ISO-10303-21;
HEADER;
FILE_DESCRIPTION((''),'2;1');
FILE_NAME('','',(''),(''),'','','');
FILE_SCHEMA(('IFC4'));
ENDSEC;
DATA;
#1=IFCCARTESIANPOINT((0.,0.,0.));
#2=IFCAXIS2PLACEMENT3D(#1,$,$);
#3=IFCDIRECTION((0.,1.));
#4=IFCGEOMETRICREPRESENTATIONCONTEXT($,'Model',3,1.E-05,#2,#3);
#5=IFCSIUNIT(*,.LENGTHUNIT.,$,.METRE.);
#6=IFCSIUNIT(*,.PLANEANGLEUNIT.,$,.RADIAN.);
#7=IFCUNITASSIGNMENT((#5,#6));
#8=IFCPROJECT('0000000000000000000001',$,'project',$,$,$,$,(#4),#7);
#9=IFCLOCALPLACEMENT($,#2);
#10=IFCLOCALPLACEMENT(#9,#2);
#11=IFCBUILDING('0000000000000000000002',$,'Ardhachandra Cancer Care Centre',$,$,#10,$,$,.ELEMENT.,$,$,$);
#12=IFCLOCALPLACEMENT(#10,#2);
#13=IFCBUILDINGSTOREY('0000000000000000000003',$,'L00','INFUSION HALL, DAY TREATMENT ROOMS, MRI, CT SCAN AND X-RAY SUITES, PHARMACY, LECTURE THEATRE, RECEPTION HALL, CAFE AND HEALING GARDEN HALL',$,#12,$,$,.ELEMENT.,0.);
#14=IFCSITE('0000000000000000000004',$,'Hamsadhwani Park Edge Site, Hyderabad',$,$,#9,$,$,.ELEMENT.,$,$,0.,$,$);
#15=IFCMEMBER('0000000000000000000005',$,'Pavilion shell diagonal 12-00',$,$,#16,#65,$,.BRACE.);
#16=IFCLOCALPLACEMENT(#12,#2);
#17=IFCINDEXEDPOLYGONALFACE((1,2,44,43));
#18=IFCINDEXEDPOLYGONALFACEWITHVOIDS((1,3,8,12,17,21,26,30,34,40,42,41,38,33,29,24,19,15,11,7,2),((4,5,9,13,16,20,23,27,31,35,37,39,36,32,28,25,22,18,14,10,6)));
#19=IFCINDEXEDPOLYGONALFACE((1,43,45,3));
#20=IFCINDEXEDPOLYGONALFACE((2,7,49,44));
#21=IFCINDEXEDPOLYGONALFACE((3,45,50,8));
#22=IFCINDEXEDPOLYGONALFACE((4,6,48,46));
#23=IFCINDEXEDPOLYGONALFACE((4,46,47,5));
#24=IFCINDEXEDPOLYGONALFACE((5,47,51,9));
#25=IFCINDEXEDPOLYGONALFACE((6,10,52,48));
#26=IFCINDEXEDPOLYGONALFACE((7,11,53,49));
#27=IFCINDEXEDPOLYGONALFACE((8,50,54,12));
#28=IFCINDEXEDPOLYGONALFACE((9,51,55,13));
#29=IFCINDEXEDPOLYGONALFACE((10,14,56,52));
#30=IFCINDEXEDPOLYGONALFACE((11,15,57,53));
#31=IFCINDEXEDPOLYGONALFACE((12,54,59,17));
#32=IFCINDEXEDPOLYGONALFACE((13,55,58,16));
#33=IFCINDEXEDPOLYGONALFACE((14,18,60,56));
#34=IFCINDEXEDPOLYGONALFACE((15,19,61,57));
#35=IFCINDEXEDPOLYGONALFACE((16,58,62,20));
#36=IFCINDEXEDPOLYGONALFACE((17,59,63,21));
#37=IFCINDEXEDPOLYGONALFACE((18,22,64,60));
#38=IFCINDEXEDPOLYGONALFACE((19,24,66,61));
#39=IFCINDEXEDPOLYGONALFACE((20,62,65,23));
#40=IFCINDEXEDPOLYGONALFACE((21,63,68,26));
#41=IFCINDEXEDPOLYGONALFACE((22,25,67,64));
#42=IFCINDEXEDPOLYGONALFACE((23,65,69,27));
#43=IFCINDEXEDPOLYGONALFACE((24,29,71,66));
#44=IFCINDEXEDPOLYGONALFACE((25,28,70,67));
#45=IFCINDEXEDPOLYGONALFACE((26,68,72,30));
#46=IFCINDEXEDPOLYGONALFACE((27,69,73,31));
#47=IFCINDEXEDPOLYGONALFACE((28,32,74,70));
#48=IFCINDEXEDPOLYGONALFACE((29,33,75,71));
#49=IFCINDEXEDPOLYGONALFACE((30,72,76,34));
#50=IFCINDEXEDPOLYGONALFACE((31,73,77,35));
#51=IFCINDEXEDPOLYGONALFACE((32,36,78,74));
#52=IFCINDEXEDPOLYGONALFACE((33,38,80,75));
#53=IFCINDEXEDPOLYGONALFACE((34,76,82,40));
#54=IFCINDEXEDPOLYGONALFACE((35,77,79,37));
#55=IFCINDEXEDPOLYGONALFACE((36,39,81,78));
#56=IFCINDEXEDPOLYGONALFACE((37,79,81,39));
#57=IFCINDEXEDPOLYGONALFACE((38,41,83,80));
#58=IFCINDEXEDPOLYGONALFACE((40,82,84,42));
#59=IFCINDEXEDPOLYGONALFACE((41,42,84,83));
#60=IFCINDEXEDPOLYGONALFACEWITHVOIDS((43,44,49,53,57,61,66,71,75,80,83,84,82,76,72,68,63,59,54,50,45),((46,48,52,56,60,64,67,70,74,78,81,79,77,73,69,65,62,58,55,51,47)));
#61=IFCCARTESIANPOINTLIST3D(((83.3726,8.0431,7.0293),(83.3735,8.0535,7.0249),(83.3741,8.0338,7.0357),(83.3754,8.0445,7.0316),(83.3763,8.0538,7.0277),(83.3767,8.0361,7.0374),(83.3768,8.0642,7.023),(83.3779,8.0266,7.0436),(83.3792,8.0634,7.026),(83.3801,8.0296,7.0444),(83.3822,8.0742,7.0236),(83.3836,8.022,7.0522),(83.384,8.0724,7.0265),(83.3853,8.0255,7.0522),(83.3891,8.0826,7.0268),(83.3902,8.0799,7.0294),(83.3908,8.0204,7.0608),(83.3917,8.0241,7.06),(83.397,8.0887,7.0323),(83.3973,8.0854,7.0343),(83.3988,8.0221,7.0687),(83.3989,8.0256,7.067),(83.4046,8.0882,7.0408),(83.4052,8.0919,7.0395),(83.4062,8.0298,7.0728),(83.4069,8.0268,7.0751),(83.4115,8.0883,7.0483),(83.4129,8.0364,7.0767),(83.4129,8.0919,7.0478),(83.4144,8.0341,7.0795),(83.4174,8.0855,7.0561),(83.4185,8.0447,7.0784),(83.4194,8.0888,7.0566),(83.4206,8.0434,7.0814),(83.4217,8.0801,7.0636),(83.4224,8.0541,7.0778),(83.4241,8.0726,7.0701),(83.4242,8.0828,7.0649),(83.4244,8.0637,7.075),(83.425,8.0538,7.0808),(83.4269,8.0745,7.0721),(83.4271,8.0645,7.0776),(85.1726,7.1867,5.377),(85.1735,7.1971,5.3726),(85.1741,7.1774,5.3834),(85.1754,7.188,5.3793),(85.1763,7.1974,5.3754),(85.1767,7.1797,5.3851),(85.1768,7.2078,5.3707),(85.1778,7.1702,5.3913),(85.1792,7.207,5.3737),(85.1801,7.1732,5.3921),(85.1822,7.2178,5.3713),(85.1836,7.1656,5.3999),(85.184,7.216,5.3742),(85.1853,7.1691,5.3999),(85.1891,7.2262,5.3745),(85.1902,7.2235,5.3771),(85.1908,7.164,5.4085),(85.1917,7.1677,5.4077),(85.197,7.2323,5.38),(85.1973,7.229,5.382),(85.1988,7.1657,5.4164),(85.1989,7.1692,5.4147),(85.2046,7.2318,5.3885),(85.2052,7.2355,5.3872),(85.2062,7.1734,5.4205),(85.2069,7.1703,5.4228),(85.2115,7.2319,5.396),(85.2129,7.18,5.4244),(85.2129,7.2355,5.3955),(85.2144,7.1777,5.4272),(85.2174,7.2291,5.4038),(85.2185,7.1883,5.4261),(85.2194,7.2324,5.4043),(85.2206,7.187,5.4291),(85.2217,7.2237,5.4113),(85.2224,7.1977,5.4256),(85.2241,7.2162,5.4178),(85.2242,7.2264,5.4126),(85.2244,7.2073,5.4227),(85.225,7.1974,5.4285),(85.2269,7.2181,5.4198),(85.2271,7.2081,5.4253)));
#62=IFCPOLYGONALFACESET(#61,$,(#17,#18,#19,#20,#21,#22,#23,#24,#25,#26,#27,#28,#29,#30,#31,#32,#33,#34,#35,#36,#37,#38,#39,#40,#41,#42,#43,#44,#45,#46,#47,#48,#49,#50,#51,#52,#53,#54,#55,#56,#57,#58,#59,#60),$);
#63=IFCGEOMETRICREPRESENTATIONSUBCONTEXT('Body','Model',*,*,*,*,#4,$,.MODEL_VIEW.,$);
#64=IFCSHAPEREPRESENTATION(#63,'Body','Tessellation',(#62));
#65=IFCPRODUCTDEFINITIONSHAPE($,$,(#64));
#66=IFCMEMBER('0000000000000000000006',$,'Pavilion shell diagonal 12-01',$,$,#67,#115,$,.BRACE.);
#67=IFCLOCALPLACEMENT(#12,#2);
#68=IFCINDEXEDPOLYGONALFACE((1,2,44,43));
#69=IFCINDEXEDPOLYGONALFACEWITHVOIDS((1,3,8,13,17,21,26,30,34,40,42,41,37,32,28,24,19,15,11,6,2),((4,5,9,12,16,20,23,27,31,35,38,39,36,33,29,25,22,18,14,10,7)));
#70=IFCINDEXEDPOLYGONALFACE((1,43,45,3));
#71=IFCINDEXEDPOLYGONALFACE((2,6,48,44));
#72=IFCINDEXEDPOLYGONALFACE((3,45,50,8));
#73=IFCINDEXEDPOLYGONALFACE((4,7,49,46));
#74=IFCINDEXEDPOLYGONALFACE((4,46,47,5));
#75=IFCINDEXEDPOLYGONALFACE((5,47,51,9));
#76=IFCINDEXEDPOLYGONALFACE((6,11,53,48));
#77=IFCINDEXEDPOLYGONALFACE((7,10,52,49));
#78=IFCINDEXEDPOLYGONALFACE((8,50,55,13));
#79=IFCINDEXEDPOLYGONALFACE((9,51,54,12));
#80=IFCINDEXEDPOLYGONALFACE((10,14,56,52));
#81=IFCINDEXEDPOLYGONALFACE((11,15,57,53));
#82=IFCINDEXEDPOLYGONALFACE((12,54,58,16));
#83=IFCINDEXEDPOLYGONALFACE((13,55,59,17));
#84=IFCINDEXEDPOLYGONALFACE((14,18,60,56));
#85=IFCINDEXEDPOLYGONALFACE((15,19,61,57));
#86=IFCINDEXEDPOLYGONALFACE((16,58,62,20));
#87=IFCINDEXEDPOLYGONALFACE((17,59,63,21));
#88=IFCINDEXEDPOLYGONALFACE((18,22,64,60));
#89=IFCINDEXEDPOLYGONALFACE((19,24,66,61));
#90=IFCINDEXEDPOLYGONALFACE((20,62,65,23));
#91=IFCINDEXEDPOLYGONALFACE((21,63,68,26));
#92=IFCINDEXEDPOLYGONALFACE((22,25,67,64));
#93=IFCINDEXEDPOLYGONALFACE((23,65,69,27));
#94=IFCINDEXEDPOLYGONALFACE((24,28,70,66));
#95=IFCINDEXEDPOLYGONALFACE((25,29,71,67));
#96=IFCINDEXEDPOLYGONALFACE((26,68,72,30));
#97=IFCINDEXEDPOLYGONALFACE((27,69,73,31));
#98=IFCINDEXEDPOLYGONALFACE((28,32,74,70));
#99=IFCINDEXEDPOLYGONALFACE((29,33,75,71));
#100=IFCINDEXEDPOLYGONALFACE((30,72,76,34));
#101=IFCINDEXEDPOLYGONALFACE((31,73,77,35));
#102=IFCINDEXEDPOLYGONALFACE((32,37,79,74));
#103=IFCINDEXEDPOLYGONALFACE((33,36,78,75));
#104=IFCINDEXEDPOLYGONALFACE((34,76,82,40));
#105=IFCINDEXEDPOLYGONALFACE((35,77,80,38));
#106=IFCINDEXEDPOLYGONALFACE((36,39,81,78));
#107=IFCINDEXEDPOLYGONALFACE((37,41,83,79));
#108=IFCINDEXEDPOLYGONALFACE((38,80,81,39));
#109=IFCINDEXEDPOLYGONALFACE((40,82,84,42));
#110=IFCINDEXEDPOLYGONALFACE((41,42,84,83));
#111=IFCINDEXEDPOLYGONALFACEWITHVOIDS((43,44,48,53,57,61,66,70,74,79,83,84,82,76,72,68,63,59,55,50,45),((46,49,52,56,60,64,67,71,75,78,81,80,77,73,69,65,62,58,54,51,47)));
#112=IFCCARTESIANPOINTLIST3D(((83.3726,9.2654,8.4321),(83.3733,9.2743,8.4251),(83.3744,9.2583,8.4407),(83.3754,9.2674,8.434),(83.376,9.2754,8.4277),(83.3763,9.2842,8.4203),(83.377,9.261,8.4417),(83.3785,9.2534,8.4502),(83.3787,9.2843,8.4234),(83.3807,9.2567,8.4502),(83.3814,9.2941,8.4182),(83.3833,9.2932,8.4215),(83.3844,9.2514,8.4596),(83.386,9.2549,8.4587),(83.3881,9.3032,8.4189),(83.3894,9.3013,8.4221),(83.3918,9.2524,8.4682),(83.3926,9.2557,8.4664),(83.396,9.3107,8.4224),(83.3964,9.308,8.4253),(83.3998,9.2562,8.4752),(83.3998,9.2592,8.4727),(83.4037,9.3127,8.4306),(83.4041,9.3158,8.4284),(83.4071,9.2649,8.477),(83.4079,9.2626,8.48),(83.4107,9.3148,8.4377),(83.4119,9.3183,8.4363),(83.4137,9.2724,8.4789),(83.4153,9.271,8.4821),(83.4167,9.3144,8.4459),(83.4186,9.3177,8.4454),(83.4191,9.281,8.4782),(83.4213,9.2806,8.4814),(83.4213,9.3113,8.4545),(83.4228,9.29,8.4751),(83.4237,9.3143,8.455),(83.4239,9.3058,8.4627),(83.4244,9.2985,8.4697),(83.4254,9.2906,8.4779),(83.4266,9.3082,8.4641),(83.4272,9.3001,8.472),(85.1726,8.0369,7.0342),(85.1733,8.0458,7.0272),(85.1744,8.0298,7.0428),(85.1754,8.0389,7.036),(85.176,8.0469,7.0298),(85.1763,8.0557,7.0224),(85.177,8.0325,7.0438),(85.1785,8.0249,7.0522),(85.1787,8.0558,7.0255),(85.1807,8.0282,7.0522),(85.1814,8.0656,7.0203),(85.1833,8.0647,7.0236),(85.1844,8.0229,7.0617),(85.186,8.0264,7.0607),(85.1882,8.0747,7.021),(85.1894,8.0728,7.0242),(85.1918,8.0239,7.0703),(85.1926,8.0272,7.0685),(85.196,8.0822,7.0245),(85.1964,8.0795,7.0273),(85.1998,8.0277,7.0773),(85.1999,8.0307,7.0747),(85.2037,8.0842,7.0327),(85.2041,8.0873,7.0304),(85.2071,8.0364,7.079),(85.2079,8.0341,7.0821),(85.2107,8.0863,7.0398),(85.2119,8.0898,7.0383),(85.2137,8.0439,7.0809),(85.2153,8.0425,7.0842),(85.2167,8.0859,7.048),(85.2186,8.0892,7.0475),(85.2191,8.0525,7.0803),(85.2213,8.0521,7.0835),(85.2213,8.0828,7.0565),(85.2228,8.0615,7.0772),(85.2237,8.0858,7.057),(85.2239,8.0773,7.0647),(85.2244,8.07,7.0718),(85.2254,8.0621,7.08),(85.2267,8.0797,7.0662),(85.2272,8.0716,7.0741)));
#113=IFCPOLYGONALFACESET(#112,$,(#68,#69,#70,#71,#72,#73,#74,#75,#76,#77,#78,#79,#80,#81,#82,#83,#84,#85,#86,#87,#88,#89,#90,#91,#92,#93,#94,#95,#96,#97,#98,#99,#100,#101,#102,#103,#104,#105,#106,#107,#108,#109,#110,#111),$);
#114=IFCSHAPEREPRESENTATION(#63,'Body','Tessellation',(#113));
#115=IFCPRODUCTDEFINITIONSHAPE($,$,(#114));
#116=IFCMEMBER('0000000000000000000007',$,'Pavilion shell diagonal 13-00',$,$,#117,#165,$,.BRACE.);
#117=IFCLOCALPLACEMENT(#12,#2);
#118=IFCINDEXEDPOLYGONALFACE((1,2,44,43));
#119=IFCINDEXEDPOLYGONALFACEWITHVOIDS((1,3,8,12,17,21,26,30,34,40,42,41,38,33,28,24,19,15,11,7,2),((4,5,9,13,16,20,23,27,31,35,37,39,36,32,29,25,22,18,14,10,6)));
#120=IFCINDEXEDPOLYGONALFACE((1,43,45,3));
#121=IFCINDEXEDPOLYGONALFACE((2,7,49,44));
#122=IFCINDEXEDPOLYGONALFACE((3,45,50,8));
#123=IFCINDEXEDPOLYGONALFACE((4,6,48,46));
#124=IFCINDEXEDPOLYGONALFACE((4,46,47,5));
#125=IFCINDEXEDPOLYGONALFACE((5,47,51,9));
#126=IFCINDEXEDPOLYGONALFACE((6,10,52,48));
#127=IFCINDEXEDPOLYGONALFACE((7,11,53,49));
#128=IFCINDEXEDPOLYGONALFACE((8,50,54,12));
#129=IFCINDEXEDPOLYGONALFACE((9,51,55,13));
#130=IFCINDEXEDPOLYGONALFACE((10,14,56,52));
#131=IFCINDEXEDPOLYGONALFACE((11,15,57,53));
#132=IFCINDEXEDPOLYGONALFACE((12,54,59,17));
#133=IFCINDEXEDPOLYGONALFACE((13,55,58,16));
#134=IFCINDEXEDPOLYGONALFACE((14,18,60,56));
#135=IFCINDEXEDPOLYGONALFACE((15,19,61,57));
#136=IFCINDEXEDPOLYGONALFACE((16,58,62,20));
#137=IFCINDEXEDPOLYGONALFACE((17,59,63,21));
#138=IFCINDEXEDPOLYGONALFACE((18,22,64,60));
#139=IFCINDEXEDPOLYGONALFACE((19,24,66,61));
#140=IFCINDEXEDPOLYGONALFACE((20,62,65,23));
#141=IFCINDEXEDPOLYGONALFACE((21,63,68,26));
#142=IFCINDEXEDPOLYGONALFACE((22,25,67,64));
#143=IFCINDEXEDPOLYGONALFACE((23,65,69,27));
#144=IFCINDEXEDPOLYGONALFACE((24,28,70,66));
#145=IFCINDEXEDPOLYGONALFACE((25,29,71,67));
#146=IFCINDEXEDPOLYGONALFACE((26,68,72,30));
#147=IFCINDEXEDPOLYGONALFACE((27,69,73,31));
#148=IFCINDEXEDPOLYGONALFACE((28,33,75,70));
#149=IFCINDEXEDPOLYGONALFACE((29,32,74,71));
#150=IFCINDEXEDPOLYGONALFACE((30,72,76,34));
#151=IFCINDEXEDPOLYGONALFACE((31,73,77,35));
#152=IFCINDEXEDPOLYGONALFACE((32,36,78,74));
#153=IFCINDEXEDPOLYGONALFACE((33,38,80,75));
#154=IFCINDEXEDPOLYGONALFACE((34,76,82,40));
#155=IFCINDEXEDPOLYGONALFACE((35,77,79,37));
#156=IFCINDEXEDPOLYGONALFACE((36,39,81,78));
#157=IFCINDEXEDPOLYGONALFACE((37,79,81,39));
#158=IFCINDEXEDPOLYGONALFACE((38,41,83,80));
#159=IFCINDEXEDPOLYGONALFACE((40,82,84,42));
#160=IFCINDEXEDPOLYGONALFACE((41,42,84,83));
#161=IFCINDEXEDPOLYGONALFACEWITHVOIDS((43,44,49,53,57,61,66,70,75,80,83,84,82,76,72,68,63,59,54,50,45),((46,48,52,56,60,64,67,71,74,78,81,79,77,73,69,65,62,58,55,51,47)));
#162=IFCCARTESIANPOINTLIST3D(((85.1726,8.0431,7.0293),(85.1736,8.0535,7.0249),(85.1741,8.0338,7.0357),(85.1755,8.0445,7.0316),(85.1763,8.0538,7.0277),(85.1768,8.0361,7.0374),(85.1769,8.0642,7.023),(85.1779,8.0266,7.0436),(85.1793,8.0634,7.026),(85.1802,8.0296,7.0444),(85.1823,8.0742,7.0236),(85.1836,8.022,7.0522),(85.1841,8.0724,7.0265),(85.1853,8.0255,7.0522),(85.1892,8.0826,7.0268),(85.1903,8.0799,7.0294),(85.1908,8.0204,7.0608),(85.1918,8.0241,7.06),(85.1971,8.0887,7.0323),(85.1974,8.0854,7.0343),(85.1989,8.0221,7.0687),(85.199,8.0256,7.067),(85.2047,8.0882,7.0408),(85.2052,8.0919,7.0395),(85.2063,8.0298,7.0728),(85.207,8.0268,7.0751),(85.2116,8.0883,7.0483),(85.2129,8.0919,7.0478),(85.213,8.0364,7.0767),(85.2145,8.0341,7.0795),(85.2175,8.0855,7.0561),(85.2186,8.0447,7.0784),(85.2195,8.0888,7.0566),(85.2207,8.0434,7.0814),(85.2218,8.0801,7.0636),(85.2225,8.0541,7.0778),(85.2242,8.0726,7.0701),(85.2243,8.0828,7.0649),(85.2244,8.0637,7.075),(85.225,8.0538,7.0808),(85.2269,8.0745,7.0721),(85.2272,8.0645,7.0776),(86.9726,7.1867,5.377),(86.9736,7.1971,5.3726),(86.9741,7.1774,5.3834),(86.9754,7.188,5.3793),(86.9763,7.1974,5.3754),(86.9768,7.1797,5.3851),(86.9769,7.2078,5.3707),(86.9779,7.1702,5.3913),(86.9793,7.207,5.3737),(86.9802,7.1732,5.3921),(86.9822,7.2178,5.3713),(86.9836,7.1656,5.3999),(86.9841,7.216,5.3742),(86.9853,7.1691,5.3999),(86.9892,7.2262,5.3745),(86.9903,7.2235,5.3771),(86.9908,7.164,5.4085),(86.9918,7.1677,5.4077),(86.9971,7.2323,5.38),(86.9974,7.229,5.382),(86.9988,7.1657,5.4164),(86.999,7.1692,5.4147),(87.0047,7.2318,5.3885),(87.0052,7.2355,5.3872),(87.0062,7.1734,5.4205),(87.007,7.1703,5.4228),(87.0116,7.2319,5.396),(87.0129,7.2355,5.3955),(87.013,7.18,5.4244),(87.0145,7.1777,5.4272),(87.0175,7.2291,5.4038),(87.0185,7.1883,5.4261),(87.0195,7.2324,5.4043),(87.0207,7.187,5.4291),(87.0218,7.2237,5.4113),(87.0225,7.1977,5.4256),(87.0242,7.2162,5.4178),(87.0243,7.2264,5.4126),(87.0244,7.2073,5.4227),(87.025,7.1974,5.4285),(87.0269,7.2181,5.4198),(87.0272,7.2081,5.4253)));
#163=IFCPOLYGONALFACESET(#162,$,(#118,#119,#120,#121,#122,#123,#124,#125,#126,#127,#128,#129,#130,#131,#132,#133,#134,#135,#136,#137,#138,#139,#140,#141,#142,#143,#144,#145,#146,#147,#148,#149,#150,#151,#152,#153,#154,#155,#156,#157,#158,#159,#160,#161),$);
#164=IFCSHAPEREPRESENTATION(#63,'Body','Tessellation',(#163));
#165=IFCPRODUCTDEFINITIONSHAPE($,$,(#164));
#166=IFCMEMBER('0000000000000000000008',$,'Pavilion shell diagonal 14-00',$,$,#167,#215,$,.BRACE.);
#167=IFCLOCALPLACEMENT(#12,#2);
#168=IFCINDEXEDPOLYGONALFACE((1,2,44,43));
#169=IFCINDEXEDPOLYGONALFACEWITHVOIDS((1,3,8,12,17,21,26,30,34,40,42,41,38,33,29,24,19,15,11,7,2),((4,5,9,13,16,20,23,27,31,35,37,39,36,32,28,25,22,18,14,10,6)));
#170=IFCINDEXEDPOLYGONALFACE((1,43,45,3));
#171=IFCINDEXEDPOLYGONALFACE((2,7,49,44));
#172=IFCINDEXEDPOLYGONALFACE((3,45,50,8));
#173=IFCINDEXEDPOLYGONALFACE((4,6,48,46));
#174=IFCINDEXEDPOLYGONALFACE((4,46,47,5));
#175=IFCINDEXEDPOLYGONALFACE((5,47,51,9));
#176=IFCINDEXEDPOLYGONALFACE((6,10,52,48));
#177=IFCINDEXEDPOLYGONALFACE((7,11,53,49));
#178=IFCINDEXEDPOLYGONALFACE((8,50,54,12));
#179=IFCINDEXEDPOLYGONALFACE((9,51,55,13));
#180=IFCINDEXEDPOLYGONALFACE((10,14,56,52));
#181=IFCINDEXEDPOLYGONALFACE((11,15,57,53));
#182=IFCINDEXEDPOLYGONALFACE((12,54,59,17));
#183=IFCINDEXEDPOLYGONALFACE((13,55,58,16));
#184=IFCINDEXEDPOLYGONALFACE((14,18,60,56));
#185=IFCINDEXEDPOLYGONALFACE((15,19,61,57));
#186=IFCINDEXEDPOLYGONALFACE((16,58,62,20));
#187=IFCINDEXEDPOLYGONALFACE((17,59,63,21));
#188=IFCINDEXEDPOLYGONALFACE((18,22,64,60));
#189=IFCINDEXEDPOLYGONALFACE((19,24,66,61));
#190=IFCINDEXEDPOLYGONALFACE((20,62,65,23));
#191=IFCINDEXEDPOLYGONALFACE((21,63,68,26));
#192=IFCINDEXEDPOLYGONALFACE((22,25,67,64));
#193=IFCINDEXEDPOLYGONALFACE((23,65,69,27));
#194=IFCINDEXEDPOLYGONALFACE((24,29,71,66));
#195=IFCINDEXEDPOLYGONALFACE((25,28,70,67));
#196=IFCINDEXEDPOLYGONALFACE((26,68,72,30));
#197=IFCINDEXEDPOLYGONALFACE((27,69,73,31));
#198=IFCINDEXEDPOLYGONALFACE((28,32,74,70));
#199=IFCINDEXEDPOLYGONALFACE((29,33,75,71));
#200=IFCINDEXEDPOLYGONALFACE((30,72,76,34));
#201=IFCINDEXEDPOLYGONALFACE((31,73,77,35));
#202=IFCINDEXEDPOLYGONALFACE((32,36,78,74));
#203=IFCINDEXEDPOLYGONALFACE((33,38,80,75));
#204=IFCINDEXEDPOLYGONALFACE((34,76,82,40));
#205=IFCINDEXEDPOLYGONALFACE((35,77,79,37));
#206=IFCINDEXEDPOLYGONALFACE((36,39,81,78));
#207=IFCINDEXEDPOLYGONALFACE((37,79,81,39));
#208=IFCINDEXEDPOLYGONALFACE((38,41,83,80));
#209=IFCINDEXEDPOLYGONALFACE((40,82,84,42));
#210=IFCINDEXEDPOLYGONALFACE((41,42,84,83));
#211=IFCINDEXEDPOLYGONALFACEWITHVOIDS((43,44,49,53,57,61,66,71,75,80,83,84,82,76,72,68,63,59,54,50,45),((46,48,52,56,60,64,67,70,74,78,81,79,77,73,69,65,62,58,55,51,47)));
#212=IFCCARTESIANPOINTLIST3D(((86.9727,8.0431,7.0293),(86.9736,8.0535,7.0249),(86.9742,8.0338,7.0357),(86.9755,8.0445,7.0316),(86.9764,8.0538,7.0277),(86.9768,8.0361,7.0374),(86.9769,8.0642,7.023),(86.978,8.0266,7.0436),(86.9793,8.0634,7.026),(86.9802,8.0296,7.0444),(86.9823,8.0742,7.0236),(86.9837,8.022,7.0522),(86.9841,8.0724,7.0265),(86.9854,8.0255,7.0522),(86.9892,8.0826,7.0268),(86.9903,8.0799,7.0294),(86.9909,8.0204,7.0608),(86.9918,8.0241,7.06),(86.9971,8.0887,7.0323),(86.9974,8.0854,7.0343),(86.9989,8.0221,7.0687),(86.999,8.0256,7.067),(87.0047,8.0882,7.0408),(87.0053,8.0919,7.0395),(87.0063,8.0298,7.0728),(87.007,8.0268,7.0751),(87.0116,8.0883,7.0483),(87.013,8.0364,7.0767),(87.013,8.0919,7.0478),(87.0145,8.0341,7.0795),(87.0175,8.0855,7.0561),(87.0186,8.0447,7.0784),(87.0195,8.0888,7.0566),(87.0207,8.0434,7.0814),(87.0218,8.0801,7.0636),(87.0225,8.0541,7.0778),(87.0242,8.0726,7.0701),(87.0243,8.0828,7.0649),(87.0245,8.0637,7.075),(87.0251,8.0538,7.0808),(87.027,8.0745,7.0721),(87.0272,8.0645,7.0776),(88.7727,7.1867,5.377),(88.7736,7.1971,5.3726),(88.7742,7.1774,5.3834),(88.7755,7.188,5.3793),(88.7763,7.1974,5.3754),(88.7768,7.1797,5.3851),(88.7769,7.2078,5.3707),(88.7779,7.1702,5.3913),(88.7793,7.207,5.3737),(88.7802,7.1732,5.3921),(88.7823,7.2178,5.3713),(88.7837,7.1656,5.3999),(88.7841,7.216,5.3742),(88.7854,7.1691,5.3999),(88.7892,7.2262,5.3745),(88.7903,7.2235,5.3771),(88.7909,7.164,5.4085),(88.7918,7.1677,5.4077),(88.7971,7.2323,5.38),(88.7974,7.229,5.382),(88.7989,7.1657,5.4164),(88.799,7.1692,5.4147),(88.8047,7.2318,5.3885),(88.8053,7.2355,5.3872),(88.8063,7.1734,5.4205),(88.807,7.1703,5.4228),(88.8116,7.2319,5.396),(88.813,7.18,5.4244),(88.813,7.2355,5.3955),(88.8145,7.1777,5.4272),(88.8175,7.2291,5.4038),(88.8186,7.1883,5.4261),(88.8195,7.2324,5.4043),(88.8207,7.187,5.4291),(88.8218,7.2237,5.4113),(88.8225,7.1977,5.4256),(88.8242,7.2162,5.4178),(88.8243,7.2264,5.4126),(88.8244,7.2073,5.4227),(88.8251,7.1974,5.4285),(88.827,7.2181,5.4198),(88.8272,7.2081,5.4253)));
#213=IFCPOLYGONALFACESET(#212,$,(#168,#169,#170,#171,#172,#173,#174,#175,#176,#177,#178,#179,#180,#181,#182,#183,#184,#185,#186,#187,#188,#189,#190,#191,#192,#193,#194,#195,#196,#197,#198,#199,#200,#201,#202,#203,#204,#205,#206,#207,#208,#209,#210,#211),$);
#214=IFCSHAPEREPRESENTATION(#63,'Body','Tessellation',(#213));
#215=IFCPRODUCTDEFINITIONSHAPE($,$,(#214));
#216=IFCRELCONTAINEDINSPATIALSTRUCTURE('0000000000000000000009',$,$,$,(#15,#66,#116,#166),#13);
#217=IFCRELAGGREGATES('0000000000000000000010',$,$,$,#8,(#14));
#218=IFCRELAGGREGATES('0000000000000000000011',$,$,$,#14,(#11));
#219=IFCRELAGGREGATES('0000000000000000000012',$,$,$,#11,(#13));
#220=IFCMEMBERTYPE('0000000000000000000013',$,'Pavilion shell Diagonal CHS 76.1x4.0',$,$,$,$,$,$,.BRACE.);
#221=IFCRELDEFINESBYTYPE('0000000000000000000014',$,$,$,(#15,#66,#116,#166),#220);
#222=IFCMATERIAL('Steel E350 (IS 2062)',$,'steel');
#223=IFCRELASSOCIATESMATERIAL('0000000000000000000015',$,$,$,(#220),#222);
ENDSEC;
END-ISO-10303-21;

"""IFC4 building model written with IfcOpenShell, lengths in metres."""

from ifc_helpers import new_model, si_unit, direction, frame, origin, origin_2d, place, context, subcontext, project, spatial, hollow_circle, extrude, material, material_profile, profile_set, type_object, element, save


model = new_model("IFC4")

# Units and contexts
model_context = context("Model", 3, precision=1e-05, world=origin(), true_north=direction((0.0, 1.0)))
body_context = subcontext(model_context, "Body", "Model", "MODEL_VIEW")
ifc_project = project(units=[si_unit("LENGTHUNIT", "METRE"), si_unit("PLANEANGLEUNIT", "RADIAN")], contexts=[model_context])

# Site, building, storey
site_placement = place(None, origin())
site = spatial("IfcSite", under=ifc_project, at=site_placement, Name="Hamsadhwani Park Edge Site, Hyderabad", CompositionType="ELEMENT", RefElevation=0.0)
building_placement = place(site_placement, origin())
building = spatial("IfcBuilding", under=site, at=building_placement, Name="Ardhachandra Cancer Care Centre", CompositionType="ELEMENT")
storey_placement = place(building_placement, origin())
storey = spatial("IfcBuildingStorey", under=building, at=storey_placement, Name="L00", Description="INFUSION HALL, DAY TREATMENT ROOMS, MRI, CT SCAN AND X-RAY SUITES, PHARMACY, LECTURE THEATRE, RECEPTION HALL, CAFE AND HEALING GARDEN HALL", CompositionType="ELEMENT", Elevation=0.0)

# Members
ifc_material_1 = material(Name="Steel E350 (IS 2062)", Category="steel")
ifc_material_profile_1 = material_profile(ifc_material_1, hollow_circle(Radius=0.0381, WallThickness=0.0039, at=origin_2d()), Name="CHS 76.1x4.0")
ifc_profile_set_1 = profile_set([ifc_material_profile_1], Name="Steel E350 (IS 2062)")
member_type_1 = type_object("IfcMemberType", Name="Pavilion shell Diagonal CHS 76.1x4.0", PredefinedType="BRACE", material=ifc_profile_set_1)
for number, where, z_axis, x_axis, name in (
    (1, (85.2, 7.2, 5.3999), (-0.695216, 0.330777, 0.63817), (-0.429639, -0.903001, 0.0), "Pavilion shell diagonal 12-00"),
    (2, (85.2, 8.0564, 7.0522), (-0.695228, 0.474486, 0.539926), (-0.563716, -0.825969, 0.0), "Pavilion shell diagonal 12-01"),
    (3, (87.0, 7.2, 5.3999), (-0.695216, 0.330777, 0.63817), (-0.429639, -0.903001, 0.0), "Pavilion shell diagonal 13-00"),
    (4, (88.8, 7.2, 5.3999), (-0.695216, 0.330777, 0.63817), (-0.429639, -0.903001, 0.0), "Pavilion shell diagonal 14-00"),
):
    element("IfcMember", number, at=place(storey_placement, frame(where, z_axis=z_axis, x_axis=x_axis)), inside=storey, type_object=member_type_1, Name=name, PredefinedType="BRACE", context=body_context, shape_type="SweptSolid", body=[
        extrude(hollow_circle(Radius=0.0381, WallThickness=0.0039, at=origin_2d()), origin(), (0.0, 0.0, 1.0), 2.5891),
    ])

save(model, "model.ifc")
